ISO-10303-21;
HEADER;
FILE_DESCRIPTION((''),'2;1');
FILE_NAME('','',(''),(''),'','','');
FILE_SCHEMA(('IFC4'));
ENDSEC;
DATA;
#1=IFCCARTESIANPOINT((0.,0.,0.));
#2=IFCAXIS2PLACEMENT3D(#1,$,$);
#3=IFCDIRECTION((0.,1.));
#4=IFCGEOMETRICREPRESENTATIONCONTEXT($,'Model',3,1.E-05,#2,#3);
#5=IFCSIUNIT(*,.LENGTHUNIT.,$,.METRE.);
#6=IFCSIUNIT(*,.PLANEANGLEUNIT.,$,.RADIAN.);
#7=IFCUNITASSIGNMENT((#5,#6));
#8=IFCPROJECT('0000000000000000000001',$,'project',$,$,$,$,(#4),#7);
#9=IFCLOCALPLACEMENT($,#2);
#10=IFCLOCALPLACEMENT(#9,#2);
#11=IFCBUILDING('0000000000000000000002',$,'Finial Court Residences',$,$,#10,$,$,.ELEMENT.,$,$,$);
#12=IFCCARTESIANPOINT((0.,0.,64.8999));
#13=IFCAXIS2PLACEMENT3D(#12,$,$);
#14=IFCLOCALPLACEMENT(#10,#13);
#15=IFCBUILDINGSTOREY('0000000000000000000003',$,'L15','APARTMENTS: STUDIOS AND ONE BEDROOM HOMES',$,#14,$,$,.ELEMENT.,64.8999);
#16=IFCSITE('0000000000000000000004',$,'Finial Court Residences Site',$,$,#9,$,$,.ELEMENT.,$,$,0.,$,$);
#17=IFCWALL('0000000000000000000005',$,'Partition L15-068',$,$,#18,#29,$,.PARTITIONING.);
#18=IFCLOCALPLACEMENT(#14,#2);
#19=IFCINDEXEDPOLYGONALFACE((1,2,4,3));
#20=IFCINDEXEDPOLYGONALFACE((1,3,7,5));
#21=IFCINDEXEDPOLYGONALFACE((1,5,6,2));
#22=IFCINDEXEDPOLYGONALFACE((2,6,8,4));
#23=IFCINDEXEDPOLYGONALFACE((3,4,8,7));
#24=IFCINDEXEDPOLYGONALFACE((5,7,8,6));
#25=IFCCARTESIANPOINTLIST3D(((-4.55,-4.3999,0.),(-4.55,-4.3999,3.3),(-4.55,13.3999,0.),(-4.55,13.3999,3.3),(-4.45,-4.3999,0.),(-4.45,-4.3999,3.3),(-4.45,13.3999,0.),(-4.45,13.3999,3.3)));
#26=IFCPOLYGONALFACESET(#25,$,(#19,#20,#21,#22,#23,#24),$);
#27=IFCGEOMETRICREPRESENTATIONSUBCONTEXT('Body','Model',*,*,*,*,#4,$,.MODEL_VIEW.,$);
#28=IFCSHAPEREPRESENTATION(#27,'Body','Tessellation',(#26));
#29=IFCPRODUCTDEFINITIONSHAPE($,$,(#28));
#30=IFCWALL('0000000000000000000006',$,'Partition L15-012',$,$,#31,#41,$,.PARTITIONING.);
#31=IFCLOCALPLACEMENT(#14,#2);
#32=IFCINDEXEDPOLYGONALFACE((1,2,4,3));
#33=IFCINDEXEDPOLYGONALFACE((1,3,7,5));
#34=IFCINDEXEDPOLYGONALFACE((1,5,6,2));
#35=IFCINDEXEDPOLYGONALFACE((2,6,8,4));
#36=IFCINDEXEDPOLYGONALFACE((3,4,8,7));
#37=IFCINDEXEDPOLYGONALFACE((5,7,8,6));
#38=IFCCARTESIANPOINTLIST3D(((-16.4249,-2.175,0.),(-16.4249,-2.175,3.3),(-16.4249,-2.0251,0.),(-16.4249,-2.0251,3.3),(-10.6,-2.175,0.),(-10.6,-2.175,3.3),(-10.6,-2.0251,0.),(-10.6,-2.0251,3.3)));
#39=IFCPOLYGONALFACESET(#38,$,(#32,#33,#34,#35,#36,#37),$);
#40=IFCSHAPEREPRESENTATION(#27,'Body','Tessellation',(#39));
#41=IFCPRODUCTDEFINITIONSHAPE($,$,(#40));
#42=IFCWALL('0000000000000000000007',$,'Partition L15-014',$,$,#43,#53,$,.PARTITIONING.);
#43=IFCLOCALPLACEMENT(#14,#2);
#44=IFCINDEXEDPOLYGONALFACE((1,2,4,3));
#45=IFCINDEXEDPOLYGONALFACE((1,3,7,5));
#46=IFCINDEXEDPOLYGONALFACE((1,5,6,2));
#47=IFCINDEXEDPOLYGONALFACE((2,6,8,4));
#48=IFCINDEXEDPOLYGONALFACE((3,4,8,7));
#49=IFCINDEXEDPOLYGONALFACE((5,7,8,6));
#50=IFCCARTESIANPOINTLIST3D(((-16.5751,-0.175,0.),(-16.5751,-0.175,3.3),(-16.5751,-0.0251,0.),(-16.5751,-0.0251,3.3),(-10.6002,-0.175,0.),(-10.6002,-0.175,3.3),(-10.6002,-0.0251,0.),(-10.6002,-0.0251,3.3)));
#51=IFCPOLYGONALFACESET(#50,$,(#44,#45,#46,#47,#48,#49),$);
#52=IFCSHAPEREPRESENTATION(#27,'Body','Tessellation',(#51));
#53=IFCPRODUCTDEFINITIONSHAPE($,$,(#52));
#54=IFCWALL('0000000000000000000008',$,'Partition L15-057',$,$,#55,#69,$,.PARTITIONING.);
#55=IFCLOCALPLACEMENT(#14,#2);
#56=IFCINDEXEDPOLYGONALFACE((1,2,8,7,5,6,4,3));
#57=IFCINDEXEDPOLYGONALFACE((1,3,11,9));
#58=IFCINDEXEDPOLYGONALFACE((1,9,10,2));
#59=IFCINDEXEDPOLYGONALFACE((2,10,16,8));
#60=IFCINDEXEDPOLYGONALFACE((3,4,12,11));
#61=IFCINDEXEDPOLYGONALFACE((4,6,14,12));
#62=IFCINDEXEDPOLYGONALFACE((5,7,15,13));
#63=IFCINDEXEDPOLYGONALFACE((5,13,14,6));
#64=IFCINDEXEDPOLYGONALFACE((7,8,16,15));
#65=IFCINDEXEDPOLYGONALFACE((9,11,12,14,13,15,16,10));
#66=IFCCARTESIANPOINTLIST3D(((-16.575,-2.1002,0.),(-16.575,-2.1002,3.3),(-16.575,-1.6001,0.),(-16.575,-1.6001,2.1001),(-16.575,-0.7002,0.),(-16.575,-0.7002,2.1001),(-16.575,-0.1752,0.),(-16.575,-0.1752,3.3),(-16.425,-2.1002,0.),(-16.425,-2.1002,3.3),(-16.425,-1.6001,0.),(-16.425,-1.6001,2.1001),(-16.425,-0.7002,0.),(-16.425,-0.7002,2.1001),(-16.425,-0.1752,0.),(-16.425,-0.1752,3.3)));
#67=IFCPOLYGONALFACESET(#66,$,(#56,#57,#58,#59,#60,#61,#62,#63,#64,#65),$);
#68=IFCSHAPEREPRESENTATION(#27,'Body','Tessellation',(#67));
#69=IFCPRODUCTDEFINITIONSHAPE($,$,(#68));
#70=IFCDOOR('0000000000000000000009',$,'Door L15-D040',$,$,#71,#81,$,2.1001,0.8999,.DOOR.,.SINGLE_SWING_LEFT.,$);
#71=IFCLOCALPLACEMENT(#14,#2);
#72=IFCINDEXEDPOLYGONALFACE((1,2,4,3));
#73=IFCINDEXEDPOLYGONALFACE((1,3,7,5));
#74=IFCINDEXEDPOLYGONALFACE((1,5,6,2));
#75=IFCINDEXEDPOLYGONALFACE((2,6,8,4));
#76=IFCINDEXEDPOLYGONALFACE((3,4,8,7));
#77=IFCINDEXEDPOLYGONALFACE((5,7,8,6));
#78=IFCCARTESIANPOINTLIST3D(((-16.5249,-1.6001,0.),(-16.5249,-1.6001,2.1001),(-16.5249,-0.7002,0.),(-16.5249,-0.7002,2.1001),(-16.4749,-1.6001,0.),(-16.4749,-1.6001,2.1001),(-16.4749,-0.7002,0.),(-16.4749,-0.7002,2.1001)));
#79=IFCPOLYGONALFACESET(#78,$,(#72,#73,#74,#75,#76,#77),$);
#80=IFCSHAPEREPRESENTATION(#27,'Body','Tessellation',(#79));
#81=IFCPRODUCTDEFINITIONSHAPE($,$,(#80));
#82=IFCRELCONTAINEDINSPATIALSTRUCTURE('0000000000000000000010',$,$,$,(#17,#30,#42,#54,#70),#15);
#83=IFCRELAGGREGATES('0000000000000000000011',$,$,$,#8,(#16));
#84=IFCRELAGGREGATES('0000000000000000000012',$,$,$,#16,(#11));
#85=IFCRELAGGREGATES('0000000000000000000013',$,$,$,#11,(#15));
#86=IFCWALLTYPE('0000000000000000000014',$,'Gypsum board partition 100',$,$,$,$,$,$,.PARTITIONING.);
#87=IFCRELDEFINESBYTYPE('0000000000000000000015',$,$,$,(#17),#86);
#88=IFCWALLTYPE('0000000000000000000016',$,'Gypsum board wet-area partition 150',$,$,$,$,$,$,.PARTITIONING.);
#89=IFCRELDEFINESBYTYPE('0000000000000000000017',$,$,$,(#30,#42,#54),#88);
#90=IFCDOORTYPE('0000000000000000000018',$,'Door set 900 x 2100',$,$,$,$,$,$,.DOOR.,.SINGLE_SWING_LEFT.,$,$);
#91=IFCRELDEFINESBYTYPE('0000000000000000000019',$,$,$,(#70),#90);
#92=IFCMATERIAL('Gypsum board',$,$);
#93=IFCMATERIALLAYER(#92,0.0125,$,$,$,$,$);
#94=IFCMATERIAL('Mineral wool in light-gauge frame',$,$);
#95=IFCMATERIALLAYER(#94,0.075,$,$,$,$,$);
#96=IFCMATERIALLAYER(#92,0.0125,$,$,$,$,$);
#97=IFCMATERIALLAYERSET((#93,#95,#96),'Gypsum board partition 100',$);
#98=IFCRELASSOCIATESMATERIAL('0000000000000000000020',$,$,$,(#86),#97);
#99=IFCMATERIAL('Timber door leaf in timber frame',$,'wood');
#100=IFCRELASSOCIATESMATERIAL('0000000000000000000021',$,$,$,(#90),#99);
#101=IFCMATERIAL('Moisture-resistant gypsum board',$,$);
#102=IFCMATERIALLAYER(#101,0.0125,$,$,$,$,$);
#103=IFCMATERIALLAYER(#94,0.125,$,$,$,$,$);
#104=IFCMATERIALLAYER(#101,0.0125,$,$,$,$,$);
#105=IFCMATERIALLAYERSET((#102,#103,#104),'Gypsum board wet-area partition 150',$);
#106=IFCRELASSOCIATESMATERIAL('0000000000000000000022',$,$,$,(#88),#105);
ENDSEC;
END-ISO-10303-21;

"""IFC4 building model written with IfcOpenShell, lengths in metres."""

from ifc_helpers import new_model, si_unit, direction, frame, frame_2d, origin, place, context, subcontext, project, spatial, rectangle, extrude, material, layer, layer_set, type_object, element, fill, save


model = new_model("IFC4")

# Units and contexts
model_context = context("Model", 3, precision=1e-05, world=origin(), true_north=direction((0.0, 1.0)))
body_context = subcontext(model_context, "Body", "Model", "MODEL_VIEW")
ifc_project = project(units=[si_unit("LENGTHUNIT", "METRE"), si_unit("PLANEANGLEUNIT", "RADIAN")], contexts=[model_context])

# Site, building, storey
site_placement = place(None, origin())
site = spatial("IfcSite", under=ifc_project, at=site_placement, Name="Finial Court Residences Site", CompositionType="ELEMENT", RefElevation=0.0)
building_placement = place(site_placement, origin())
building = spatial("IfcBuilding", under=site, at=building_placement, Name="Finial Court Residences", CompositionType="ELEMENT")
storey_placement = place(building_placement, frame((0.0, 0.0, 64.8999)))
storey = spatial("IfcBuildingStorey", under=building, at=storey_placement, Name="L15", Description="APARTMENTS: STUDIOS AND ONE BEDROOM HOMES", CompositionType="ELEMENT", Elevation=64.8999)

# Shared definitions
ifc_material_1 = material(Name="Gypsum board")

# Shared definitions
ifc_layer_1 = layer(ifc_material_1, 0.0125)
ifc_material_2 = material(Name="Mineral wool in light-gauge frame")
ifc_layer_2 = layer(ifc_material_2, 0.075)
ifc_layer_3 = layer(ifc_material_1, 0.0125)
ifc_layer_set_1 = layer_set([ifc_layer_1, ifc_layer_2, ifc_layer_3], Name="Gypsum board partition 100")
wall_type_1 = type_object("IfcWallType", Name="Gypsum board partition 100", PredefinedType="PARTITIONING", material=ifc_layer_set_1)
ifc_material_3 = material(Name="Timber door leaf in timber frame", Category="wood")
door_type_1 = type_object("IfcDoorType", Name="Door set 900 x 2100", OperationType="SINGLE_SWING_LEFT", PredefinedType="DOOR", material=ifc_material_3)

# Walls
wall_1_placement = place(storey_placement, frame((-4.5, -4.3999, 0.0), z_axis=(0.0, 0.0, 1.0), x_axis=(0.0, 1.0, 0.0)))
element("IfcWall", 1, at=wall_1_placement, inside=storey, type_object=wall_type_1, Name="Partition L15-068", PredefinedType="PARTITIONING", context=body_context, shape_type="SweptSolid", body=[
    extrude(rectangle(XDim=17.7998, YDim=0.1001, at=frame_2d((8.8999, 0.0))), origin(), (0.0, 0.0, 1.0), 3.3),
])
ifc_material_4 = material(Name="Moisture-resistant gypsum board")
ifc_layer_4 = layer(ifc_material_4, 0.0125)
ifc_layer_5 = layer(ifc_material_2, 0.125)
ifc_layer_6 = layer(ifc_material_4, 0.0125)
ifc_layer_set_2 = layer_set([ifc_layer_4, ifc_layer_5, ifc_layer_6], Name="Gypsum board wet-area partition 150")
wall_type_2 = type_object("IfcWallType", Name="Gypsum board wet-area partition 150", PredefinedType="PARTITIONING", material=ifc_layer_set_2)
wall_2_placement = place(storey_placement, frame((-16.425, -2.1001, 0.0), z_axis=(0.0, 0.0, 1.0), x_axis=(1.0, 0.0, 0.0)))
element("IfcWall", 2, at=wall_2_placement, inside=storey, type_object=wall_type_2, Name="Partition L15-012", PredefinedType="PARTITIONING", context=body_context, shape_type="SweptSolid", body=[
    extrude(rectangle(XDim=5.825, YDim=0.1499, at=frame_2d((2.9126, 0.0))), origin(), (0.0, 0.0, 1.0), 3.3),
])
wall_3_placement = place(storey_placement, frame((-16.575, -0.1001, 0.0), z_axis=(0.0, 0.0, 1.0), x_axis=(1.0, 0.0, 0.0)))
element("IfcWall", 3, at=wall_3_placement, inside=storey, type_object=wall_type_2, Name="Partition L15-014", PredefinedType="PARTITIONING", context=body_context, shape_type="SweptSolid", body=[
    extrude(rectangle(XDim=5.9749, YDim=0.1499, at=frame_2d((2.9873, 0.0))), origin(), (0.0, 0.0, 1.0), 3.3),
])

# Wall, opening, door
wall_4_placement = place(storey_placement, frame((-16.5, -2.1001, 0.0), z_axis=(0.0, 0.0, 1.0), x_axis=(0.0, 1.0, 0.0)))
wall_4 = element("IfcWall", 4, at=wall_4_placement, inside=storey, type_object=wall_type_2, Name="Partition L15-057", PredefinedType="PARTITIONING", context=body_context, shape_type="SweptSolid", body=[
    extrude(rectangle(XDim=1.925, YDim=0.1499, at=frame_2d((0.9624, 0.0))), origin(), (0.0, 0.0, 1.0), 3.3),
])
opening_1_placement = place(wall_4_placement, frame((0.5, 0.0, 0.0)))
opening_1 = element("IfcOpeningElement", 5, at=opening_1_placement, cuts=wall_4, PredefinedType="OPENING", context=body_context, shape_type="SweptSolid", body=[
    extrude(rectangle(XDim=0.8999, YDim=2.1001, at=frame_2d((0.45, 1.05))), frame((0.0, 0.085, 0.0), z_axis=(0.0, -1.0, 0.0), x_axis=(1.0, 0.0, 0.0)), (0.0, 0.0, 1.0), 0.1699),
])
door_1_placement = place(opening_1_placement, origin())
door_1 = element("IfcDoor", 6, at=door_1_placement, inside=storey, type_object=door_type_1, Name="Door L15-D040", OperationType="SINGLE_SWING_LEFT", OverallHeight=2.1001, OverallWidth=0.8999, PredefinedType="DOOR", context=body_context, shape_type="SweptSolid", body=[
    extrude(rectangle(XDim=0.8999, YDim=2.1001, at=frame_2d((0.45, 1.05))), frame((0.0, 0.0249, 0.0), z_axis=(0.0, -1.0, 0.0), x_axis=(1.0, 0.0, 0.0)), (0.0, 0.0, 1.0), 0.05),
])
fill(opening_1, door_1)

save(model, "model.ifc")
